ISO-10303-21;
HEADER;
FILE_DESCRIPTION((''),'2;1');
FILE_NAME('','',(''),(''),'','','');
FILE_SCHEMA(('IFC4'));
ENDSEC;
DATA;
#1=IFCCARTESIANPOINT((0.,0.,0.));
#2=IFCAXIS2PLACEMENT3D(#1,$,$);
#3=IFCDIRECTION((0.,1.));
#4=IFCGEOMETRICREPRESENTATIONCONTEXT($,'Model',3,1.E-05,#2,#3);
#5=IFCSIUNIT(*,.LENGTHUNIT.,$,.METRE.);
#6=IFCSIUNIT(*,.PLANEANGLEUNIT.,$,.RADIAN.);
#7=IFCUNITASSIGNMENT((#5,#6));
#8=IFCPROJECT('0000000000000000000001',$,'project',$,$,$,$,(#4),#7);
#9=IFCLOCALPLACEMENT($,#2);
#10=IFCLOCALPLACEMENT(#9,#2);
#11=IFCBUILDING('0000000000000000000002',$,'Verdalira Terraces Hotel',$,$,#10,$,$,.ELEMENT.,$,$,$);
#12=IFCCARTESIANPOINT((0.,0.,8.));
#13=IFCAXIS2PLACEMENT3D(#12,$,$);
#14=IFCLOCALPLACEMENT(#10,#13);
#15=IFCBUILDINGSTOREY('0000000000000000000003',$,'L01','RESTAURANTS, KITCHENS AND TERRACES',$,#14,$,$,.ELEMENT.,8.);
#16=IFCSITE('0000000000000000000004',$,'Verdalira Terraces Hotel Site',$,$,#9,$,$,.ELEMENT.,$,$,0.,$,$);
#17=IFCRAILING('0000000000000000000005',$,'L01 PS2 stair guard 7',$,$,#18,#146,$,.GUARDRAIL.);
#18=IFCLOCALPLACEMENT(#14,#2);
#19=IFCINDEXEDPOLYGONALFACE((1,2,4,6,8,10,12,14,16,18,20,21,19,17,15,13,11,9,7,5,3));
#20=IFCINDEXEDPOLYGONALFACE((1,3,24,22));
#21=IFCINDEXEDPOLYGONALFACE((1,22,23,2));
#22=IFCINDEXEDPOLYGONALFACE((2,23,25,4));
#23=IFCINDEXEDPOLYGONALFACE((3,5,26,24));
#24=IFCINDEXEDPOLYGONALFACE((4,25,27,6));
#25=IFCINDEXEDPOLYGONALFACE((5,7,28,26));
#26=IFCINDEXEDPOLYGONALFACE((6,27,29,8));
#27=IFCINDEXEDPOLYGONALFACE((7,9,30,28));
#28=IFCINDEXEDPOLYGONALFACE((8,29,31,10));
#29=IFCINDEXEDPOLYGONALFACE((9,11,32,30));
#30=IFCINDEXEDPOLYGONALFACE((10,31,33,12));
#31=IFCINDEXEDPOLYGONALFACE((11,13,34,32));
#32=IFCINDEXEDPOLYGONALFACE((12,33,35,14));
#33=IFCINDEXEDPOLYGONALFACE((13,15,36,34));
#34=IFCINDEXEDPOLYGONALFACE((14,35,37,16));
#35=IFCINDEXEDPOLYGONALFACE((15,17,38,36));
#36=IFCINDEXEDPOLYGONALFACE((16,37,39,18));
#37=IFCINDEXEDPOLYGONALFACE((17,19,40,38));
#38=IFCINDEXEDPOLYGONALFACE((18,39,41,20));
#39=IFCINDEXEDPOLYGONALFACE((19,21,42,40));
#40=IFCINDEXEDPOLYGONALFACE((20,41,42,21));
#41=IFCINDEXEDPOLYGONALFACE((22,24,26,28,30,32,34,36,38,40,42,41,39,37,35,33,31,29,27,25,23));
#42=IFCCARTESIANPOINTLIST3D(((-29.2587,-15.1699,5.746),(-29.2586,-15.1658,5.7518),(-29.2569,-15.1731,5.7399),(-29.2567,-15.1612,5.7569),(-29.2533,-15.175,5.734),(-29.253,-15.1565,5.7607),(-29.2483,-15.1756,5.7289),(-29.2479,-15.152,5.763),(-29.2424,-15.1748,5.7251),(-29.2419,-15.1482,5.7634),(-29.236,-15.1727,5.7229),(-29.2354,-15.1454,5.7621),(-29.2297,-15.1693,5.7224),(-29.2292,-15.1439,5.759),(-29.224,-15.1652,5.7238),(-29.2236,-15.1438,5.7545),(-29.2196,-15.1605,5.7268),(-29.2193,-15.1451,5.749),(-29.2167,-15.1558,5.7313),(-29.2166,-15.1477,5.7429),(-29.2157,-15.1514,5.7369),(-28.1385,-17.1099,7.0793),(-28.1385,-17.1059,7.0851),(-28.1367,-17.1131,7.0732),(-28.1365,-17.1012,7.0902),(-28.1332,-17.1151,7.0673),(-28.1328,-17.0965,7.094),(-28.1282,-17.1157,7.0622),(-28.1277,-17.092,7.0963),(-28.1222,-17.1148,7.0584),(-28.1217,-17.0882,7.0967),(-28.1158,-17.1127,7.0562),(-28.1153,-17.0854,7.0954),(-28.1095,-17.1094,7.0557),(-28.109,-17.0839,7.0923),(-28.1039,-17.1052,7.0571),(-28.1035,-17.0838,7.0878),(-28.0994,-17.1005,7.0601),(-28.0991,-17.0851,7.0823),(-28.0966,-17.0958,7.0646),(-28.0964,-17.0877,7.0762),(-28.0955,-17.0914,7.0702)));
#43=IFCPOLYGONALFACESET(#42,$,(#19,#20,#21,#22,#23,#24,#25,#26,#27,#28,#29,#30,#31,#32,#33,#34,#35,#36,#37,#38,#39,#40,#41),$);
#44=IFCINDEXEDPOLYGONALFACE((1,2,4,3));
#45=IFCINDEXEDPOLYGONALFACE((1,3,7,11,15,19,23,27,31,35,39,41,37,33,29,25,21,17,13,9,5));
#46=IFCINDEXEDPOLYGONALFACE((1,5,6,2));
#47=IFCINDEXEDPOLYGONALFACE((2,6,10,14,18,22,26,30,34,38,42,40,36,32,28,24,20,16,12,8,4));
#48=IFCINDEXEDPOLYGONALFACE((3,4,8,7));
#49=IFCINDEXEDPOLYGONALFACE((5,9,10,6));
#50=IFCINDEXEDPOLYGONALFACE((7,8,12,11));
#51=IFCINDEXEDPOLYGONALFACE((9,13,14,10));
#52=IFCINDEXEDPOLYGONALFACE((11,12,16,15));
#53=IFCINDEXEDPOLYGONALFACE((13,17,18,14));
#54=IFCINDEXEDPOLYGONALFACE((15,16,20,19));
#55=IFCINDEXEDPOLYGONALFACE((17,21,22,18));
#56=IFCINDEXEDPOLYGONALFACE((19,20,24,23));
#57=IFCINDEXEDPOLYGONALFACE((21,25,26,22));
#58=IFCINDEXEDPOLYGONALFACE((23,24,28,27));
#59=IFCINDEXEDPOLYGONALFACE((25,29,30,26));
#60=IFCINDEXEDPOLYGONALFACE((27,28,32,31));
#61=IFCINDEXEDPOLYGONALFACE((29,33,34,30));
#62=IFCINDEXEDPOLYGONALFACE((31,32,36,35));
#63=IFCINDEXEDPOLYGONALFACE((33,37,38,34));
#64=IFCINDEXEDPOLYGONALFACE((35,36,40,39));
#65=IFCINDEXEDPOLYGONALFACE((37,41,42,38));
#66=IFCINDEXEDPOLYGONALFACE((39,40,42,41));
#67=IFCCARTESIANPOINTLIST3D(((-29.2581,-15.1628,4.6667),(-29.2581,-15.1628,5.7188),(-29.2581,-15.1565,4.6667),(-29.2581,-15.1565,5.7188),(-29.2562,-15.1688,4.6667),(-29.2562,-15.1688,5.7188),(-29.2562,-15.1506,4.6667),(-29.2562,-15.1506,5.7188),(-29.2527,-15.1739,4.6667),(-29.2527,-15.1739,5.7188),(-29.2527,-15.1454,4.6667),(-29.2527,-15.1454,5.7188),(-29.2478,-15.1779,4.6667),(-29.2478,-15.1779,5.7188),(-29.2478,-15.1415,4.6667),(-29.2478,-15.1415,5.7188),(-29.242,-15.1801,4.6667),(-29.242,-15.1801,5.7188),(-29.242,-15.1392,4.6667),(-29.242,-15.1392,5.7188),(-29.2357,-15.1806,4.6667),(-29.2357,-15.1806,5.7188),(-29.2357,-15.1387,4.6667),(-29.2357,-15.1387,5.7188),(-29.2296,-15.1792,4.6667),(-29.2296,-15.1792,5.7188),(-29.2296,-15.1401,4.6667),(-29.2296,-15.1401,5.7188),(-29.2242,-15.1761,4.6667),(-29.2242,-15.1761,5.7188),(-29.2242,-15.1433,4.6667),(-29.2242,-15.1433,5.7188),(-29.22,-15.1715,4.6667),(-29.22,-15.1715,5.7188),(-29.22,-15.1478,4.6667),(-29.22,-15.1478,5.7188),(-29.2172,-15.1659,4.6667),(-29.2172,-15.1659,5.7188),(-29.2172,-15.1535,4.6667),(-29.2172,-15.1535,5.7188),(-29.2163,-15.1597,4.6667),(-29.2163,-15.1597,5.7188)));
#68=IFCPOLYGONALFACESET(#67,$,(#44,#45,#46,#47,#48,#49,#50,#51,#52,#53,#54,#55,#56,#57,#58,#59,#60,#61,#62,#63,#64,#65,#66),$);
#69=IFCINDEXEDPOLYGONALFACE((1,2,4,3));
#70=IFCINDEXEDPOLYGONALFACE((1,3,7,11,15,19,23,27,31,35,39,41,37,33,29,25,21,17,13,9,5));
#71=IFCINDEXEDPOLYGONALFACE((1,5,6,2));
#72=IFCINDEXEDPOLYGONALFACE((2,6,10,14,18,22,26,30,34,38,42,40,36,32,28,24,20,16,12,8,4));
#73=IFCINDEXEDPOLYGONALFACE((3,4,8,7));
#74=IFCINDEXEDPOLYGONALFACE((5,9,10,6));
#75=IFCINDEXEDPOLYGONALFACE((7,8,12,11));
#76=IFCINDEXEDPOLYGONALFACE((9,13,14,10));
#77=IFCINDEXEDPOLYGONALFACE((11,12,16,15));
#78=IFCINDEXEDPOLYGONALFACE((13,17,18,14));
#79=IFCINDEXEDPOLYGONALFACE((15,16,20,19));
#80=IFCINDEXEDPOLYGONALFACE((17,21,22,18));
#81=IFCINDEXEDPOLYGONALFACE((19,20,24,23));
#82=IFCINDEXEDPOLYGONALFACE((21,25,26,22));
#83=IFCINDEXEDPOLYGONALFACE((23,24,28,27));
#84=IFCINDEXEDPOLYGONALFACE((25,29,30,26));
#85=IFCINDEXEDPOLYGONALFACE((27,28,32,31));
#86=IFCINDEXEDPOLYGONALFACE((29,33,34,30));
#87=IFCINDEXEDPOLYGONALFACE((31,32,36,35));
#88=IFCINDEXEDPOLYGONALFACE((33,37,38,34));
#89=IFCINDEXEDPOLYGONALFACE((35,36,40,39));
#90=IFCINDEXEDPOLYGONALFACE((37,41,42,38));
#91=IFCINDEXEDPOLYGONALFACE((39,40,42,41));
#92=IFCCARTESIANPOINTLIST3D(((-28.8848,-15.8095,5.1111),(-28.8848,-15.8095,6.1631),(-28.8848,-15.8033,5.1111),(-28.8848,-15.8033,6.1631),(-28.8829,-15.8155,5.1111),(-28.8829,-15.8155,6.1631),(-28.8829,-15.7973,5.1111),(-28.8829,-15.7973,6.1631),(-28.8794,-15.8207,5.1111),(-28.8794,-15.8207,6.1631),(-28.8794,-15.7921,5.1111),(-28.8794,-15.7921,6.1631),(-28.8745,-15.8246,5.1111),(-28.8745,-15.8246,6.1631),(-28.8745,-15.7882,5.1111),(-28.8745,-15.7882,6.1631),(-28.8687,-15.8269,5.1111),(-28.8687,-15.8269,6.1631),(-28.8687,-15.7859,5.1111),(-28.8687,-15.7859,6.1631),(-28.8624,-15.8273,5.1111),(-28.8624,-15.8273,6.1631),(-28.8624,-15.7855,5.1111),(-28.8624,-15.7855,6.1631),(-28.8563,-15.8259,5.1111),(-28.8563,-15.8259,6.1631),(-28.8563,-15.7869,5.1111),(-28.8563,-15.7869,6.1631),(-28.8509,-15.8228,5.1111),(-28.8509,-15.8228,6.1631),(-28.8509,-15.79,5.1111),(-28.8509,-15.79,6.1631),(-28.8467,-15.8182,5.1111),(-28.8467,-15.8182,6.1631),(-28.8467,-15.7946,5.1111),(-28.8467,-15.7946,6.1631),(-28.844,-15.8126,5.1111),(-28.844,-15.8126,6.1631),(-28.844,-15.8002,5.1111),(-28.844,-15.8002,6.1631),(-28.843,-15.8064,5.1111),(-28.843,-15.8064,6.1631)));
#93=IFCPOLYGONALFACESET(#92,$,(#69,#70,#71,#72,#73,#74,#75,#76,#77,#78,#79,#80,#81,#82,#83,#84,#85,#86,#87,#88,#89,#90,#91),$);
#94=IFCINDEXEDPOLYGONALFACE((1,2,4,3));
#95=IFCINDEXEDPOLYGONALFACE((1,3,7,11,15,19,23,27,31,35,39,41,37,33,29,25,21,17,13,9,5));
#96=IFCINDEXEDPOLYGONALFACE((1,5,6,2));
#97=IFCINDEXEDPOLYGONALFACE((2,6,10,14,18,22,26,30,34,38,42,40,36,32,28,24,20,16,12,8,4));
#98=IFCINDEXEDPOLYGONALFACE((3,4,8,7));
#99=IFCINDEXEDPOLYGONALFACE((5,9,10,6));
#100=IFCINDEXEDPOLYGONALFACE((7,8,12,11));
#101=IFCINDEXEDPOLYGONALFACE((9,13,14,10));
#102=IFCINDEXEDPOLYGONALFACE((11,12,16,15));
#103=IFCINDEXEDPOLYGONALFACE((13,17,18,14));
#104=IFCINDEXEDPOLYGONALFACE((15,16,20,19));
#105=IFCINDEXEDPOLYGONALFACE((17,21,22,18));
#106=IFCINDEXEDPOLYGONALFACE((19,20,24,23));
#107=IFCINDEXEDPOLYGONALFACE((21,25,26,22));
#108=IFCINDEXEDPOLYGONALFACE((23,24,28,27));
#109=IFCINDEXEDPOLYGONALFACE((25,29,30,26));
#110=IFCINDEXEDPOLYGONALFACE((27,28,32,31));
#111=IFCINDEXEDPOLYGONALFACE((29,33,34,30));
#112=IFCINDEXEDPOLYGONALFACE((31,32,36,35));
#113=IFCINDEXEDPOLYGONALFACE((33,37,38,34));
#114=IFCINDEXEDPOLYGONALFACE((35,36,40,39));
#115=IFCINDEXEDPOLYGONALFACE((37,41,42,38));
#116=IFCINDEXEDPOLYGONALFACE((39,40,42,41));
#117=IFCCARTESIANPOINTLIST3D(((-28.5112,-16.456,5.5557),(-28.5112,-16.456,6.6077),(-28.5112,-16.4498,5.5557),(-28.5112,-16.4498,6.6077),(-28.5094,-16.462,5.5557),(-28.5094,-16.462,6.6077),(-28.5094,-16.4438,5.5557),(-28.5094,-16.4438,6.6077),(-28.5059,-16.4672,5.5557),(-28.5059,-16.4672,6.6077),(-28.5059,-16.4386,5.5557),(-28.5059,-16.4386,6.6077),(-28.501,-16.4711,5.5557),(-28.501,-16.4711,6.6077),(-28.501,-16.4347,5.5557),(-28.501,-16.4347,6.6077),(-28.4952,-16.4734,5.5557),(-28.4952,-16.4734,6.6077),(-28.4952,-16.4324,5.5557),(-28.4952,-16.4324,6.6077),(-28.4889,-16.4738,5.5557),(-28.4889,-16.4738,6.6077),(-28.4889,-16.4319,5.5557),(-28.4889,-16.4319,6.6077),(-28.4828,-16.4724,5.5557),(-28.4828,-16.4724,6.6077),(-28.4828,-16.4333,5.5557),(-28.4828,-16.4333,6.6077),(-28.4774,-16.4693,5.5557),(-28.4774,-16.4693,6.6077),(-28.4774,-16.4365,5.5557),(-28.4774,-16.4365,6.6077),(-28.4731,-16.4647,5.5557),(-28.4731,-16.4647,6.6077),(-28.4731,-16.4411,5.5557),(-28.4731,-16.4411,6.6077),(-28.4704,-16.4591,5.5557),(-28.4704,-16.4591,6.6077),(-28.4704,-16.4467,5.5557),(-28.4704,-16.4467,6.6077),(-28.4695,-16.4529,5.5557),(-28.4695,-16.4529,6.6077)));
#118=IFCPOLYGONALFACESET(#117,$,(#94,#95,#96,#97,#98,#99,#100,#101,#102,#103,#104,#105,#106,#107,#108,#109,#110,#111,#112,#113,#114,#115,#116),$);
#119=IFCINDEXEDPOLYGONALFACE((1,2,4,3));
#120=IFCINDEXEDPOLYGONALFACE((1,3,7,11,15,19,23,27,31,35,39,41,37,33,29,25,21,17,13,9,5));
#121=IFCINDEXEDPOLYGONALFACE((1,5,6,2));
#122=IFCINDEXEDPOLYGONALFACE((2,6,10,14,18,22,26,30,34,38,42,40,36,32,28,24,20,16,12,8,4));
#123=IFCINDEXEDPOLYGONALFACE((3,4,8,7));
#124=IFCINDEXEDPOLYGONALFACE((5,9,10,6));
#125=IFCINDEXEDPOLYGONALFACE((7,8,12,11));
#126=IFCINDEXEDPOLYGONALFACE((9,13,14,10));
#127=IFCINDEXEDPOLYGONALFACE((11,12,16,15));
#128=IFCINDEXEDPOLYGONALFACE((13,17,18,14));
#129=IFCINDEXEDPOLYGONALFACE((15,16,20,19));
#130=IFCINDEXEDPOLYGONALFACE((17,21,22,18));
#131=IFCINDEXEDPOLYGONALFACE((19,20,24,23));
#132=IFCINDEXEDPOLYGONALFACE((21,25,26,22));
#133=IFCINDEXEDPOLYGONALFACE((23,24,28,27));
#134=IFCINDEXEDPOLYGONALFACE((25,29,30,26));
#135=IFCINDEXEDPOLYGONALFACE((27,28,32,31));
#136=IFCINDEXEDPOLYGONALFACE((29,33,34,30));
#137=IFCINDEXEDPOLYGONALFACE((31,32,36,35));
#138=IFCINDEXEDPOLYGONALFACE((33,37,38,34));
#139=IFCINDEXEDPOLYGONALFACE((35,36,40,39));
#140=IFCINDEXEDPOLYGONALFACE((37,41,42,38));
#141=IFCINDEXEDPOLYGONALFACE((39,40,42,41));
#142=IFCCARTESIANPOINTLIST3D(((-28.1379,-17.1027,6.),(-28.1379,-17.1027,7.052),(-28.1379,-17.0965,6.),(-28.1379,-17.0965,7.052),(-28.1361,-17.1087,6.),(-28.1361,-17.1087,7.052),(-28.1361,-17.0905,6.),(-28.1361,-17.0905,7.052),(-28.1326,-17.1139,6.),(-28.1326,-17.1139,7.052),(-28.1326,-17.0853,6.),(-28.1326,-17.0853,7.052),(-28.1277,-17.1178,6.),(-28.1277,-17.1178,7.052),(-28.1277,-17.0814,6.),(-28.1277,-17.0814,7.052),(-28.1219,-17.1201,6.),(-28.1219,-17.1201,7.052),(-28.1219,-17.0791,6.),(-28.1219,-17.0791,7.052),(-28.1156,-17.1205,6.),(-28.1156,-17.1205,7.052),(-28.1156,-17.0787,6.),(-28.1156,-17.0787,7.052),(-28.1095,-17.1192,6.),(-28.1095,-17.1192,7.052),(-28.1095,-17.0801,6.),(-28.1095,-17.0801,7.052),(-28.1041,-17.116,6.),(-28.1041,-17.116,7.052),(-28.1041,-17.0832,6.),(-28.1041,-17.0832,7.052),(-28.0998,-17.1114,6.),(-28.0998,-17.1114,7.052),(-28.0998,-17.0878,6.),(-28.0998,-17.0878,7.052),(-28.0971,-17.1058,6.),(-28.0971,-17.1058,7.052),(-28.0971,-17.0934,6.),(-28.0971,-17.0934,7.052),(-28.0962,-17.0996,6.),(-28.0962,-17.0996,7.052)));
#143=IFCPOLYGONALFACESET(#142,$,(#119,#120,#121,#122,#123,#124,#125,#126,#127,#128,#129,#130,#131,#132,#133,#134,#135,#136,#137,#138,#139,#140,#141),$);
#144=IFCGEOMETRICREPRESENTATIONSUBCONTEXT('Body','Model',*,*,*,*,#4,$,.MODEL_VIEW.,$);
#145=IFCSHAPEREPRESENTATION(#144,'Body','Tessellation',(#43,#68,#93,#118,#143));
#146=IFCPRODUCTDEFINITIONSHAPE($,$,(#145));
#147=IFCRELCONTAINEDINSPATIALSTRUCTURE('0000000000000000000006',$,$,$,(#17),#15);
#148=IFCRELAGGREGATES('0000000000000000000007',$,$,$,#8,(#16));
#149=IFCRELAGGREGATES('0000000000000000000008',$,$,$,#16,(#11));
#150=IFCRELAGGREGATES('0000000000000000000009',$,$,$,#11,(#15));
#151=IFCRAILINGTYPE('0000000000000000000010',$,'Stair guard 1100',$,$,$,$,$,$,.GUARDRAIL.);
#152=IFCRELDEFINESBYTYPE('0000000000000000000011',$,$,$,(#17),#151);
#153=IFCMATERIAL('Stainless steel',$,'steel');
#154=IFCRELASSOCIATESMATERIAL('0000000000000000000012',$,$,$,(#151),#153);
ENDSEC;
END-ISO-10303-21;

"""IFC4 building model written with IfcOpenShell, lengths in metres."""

from ifc_helpers import new_model, si_unit, direction, frame, origin, origin_2d, place, context, subcontext, project, spatial, circle, extrude, material, type_object, element, save


model = new_model("IFC4")

# Units and contexts
model_context = context("Model", 3, precision=1e-05, world=origin(), true_north=direction((0.0, 1.0)))
body_context = subcontext(model_context, "Body", "Model", "MODEL_VIEW")
ifc_project = project(units=[si_unit("LENGTHUNIT", "METRE"), si_unit("PLANEANGLEUNIT", "RADIAN")], contexts=[model_context])

# Site, building, storey
site_placement = place(None, origin())
site = spatial("IfcSite", under=ifc_project, at=site_placement, Name="Verdalira Terraces Hotel Site", CompositionType="ELEMENT", RefElevation=0.0)
building_placement = place(site_placement, origin())
building = spatial("IfcBuilding", under=site, at=building_placement, Name="Verdalira Terraces Hotel", CompositionType="ELEMENT")
storey_placement = place(building_placement, frame((0.0, 0.0, 8.0)))
storey = spatial("IfcBuildingStorey", under=building, at=storey_placement, Name="L01", Description="RESTAURANTS, KITCHENS AND TERRACES", CompositionType="ELEMENT", Elevation=8.0)

# Railing
ifc_material_1 = material(Name="Stainless steel", Category="steel")
railing_type_1 = type_object("IfcRailingType", Name="Stair guard 1100", PredefinedType="GUARDRAIL", material=ifc_material_1)
railing_1_placement = place(storey_placement, frame((-29.2373, -15.1597, 4.6667)))
element("IfcRailing", 1, at=railing_1_placement, inside=storey, type_object=railing_type_1, Name="L01 PS2 stair guard 7", PredefinedType="GUARDRAIL", context=body_context, shape_type="SweptSolid", body=[
    extrude(circle(Radius=0.0239, at=origin_2d()), frame((0.0, 0.0, 1.0762), z_axis=(0.429684, -0.744175, 0.511444), x_axis=(0.866008, 0.500031, 0.0)), (0.0, 0.0, 1.0), 2.6069),
    extrude(circle(Radius=0.021, at=origin_2d()), origin(), (0.0, 0.0, 1.0), 1.052),
    extrude(circle(Radius=0.021, at=origin_2d()), frame((0.3733, -0.6467, 0.4443)), (0.0, 0.0, 1.0), 1.052),
    extrude(circle(Radius=0.021, at=origin_2d()), frame((0.7468, -1.2932, 0.8889)), (0.0, 0.0, 1.0), 1.052),
    extrude(circle(Radius=0.021, at=origin_2d()), frame((1.1201, -1.9399, 1.3333)), (0.0, 0.0, 1.0), 1.052),
])

save(model, "model.ifc")
